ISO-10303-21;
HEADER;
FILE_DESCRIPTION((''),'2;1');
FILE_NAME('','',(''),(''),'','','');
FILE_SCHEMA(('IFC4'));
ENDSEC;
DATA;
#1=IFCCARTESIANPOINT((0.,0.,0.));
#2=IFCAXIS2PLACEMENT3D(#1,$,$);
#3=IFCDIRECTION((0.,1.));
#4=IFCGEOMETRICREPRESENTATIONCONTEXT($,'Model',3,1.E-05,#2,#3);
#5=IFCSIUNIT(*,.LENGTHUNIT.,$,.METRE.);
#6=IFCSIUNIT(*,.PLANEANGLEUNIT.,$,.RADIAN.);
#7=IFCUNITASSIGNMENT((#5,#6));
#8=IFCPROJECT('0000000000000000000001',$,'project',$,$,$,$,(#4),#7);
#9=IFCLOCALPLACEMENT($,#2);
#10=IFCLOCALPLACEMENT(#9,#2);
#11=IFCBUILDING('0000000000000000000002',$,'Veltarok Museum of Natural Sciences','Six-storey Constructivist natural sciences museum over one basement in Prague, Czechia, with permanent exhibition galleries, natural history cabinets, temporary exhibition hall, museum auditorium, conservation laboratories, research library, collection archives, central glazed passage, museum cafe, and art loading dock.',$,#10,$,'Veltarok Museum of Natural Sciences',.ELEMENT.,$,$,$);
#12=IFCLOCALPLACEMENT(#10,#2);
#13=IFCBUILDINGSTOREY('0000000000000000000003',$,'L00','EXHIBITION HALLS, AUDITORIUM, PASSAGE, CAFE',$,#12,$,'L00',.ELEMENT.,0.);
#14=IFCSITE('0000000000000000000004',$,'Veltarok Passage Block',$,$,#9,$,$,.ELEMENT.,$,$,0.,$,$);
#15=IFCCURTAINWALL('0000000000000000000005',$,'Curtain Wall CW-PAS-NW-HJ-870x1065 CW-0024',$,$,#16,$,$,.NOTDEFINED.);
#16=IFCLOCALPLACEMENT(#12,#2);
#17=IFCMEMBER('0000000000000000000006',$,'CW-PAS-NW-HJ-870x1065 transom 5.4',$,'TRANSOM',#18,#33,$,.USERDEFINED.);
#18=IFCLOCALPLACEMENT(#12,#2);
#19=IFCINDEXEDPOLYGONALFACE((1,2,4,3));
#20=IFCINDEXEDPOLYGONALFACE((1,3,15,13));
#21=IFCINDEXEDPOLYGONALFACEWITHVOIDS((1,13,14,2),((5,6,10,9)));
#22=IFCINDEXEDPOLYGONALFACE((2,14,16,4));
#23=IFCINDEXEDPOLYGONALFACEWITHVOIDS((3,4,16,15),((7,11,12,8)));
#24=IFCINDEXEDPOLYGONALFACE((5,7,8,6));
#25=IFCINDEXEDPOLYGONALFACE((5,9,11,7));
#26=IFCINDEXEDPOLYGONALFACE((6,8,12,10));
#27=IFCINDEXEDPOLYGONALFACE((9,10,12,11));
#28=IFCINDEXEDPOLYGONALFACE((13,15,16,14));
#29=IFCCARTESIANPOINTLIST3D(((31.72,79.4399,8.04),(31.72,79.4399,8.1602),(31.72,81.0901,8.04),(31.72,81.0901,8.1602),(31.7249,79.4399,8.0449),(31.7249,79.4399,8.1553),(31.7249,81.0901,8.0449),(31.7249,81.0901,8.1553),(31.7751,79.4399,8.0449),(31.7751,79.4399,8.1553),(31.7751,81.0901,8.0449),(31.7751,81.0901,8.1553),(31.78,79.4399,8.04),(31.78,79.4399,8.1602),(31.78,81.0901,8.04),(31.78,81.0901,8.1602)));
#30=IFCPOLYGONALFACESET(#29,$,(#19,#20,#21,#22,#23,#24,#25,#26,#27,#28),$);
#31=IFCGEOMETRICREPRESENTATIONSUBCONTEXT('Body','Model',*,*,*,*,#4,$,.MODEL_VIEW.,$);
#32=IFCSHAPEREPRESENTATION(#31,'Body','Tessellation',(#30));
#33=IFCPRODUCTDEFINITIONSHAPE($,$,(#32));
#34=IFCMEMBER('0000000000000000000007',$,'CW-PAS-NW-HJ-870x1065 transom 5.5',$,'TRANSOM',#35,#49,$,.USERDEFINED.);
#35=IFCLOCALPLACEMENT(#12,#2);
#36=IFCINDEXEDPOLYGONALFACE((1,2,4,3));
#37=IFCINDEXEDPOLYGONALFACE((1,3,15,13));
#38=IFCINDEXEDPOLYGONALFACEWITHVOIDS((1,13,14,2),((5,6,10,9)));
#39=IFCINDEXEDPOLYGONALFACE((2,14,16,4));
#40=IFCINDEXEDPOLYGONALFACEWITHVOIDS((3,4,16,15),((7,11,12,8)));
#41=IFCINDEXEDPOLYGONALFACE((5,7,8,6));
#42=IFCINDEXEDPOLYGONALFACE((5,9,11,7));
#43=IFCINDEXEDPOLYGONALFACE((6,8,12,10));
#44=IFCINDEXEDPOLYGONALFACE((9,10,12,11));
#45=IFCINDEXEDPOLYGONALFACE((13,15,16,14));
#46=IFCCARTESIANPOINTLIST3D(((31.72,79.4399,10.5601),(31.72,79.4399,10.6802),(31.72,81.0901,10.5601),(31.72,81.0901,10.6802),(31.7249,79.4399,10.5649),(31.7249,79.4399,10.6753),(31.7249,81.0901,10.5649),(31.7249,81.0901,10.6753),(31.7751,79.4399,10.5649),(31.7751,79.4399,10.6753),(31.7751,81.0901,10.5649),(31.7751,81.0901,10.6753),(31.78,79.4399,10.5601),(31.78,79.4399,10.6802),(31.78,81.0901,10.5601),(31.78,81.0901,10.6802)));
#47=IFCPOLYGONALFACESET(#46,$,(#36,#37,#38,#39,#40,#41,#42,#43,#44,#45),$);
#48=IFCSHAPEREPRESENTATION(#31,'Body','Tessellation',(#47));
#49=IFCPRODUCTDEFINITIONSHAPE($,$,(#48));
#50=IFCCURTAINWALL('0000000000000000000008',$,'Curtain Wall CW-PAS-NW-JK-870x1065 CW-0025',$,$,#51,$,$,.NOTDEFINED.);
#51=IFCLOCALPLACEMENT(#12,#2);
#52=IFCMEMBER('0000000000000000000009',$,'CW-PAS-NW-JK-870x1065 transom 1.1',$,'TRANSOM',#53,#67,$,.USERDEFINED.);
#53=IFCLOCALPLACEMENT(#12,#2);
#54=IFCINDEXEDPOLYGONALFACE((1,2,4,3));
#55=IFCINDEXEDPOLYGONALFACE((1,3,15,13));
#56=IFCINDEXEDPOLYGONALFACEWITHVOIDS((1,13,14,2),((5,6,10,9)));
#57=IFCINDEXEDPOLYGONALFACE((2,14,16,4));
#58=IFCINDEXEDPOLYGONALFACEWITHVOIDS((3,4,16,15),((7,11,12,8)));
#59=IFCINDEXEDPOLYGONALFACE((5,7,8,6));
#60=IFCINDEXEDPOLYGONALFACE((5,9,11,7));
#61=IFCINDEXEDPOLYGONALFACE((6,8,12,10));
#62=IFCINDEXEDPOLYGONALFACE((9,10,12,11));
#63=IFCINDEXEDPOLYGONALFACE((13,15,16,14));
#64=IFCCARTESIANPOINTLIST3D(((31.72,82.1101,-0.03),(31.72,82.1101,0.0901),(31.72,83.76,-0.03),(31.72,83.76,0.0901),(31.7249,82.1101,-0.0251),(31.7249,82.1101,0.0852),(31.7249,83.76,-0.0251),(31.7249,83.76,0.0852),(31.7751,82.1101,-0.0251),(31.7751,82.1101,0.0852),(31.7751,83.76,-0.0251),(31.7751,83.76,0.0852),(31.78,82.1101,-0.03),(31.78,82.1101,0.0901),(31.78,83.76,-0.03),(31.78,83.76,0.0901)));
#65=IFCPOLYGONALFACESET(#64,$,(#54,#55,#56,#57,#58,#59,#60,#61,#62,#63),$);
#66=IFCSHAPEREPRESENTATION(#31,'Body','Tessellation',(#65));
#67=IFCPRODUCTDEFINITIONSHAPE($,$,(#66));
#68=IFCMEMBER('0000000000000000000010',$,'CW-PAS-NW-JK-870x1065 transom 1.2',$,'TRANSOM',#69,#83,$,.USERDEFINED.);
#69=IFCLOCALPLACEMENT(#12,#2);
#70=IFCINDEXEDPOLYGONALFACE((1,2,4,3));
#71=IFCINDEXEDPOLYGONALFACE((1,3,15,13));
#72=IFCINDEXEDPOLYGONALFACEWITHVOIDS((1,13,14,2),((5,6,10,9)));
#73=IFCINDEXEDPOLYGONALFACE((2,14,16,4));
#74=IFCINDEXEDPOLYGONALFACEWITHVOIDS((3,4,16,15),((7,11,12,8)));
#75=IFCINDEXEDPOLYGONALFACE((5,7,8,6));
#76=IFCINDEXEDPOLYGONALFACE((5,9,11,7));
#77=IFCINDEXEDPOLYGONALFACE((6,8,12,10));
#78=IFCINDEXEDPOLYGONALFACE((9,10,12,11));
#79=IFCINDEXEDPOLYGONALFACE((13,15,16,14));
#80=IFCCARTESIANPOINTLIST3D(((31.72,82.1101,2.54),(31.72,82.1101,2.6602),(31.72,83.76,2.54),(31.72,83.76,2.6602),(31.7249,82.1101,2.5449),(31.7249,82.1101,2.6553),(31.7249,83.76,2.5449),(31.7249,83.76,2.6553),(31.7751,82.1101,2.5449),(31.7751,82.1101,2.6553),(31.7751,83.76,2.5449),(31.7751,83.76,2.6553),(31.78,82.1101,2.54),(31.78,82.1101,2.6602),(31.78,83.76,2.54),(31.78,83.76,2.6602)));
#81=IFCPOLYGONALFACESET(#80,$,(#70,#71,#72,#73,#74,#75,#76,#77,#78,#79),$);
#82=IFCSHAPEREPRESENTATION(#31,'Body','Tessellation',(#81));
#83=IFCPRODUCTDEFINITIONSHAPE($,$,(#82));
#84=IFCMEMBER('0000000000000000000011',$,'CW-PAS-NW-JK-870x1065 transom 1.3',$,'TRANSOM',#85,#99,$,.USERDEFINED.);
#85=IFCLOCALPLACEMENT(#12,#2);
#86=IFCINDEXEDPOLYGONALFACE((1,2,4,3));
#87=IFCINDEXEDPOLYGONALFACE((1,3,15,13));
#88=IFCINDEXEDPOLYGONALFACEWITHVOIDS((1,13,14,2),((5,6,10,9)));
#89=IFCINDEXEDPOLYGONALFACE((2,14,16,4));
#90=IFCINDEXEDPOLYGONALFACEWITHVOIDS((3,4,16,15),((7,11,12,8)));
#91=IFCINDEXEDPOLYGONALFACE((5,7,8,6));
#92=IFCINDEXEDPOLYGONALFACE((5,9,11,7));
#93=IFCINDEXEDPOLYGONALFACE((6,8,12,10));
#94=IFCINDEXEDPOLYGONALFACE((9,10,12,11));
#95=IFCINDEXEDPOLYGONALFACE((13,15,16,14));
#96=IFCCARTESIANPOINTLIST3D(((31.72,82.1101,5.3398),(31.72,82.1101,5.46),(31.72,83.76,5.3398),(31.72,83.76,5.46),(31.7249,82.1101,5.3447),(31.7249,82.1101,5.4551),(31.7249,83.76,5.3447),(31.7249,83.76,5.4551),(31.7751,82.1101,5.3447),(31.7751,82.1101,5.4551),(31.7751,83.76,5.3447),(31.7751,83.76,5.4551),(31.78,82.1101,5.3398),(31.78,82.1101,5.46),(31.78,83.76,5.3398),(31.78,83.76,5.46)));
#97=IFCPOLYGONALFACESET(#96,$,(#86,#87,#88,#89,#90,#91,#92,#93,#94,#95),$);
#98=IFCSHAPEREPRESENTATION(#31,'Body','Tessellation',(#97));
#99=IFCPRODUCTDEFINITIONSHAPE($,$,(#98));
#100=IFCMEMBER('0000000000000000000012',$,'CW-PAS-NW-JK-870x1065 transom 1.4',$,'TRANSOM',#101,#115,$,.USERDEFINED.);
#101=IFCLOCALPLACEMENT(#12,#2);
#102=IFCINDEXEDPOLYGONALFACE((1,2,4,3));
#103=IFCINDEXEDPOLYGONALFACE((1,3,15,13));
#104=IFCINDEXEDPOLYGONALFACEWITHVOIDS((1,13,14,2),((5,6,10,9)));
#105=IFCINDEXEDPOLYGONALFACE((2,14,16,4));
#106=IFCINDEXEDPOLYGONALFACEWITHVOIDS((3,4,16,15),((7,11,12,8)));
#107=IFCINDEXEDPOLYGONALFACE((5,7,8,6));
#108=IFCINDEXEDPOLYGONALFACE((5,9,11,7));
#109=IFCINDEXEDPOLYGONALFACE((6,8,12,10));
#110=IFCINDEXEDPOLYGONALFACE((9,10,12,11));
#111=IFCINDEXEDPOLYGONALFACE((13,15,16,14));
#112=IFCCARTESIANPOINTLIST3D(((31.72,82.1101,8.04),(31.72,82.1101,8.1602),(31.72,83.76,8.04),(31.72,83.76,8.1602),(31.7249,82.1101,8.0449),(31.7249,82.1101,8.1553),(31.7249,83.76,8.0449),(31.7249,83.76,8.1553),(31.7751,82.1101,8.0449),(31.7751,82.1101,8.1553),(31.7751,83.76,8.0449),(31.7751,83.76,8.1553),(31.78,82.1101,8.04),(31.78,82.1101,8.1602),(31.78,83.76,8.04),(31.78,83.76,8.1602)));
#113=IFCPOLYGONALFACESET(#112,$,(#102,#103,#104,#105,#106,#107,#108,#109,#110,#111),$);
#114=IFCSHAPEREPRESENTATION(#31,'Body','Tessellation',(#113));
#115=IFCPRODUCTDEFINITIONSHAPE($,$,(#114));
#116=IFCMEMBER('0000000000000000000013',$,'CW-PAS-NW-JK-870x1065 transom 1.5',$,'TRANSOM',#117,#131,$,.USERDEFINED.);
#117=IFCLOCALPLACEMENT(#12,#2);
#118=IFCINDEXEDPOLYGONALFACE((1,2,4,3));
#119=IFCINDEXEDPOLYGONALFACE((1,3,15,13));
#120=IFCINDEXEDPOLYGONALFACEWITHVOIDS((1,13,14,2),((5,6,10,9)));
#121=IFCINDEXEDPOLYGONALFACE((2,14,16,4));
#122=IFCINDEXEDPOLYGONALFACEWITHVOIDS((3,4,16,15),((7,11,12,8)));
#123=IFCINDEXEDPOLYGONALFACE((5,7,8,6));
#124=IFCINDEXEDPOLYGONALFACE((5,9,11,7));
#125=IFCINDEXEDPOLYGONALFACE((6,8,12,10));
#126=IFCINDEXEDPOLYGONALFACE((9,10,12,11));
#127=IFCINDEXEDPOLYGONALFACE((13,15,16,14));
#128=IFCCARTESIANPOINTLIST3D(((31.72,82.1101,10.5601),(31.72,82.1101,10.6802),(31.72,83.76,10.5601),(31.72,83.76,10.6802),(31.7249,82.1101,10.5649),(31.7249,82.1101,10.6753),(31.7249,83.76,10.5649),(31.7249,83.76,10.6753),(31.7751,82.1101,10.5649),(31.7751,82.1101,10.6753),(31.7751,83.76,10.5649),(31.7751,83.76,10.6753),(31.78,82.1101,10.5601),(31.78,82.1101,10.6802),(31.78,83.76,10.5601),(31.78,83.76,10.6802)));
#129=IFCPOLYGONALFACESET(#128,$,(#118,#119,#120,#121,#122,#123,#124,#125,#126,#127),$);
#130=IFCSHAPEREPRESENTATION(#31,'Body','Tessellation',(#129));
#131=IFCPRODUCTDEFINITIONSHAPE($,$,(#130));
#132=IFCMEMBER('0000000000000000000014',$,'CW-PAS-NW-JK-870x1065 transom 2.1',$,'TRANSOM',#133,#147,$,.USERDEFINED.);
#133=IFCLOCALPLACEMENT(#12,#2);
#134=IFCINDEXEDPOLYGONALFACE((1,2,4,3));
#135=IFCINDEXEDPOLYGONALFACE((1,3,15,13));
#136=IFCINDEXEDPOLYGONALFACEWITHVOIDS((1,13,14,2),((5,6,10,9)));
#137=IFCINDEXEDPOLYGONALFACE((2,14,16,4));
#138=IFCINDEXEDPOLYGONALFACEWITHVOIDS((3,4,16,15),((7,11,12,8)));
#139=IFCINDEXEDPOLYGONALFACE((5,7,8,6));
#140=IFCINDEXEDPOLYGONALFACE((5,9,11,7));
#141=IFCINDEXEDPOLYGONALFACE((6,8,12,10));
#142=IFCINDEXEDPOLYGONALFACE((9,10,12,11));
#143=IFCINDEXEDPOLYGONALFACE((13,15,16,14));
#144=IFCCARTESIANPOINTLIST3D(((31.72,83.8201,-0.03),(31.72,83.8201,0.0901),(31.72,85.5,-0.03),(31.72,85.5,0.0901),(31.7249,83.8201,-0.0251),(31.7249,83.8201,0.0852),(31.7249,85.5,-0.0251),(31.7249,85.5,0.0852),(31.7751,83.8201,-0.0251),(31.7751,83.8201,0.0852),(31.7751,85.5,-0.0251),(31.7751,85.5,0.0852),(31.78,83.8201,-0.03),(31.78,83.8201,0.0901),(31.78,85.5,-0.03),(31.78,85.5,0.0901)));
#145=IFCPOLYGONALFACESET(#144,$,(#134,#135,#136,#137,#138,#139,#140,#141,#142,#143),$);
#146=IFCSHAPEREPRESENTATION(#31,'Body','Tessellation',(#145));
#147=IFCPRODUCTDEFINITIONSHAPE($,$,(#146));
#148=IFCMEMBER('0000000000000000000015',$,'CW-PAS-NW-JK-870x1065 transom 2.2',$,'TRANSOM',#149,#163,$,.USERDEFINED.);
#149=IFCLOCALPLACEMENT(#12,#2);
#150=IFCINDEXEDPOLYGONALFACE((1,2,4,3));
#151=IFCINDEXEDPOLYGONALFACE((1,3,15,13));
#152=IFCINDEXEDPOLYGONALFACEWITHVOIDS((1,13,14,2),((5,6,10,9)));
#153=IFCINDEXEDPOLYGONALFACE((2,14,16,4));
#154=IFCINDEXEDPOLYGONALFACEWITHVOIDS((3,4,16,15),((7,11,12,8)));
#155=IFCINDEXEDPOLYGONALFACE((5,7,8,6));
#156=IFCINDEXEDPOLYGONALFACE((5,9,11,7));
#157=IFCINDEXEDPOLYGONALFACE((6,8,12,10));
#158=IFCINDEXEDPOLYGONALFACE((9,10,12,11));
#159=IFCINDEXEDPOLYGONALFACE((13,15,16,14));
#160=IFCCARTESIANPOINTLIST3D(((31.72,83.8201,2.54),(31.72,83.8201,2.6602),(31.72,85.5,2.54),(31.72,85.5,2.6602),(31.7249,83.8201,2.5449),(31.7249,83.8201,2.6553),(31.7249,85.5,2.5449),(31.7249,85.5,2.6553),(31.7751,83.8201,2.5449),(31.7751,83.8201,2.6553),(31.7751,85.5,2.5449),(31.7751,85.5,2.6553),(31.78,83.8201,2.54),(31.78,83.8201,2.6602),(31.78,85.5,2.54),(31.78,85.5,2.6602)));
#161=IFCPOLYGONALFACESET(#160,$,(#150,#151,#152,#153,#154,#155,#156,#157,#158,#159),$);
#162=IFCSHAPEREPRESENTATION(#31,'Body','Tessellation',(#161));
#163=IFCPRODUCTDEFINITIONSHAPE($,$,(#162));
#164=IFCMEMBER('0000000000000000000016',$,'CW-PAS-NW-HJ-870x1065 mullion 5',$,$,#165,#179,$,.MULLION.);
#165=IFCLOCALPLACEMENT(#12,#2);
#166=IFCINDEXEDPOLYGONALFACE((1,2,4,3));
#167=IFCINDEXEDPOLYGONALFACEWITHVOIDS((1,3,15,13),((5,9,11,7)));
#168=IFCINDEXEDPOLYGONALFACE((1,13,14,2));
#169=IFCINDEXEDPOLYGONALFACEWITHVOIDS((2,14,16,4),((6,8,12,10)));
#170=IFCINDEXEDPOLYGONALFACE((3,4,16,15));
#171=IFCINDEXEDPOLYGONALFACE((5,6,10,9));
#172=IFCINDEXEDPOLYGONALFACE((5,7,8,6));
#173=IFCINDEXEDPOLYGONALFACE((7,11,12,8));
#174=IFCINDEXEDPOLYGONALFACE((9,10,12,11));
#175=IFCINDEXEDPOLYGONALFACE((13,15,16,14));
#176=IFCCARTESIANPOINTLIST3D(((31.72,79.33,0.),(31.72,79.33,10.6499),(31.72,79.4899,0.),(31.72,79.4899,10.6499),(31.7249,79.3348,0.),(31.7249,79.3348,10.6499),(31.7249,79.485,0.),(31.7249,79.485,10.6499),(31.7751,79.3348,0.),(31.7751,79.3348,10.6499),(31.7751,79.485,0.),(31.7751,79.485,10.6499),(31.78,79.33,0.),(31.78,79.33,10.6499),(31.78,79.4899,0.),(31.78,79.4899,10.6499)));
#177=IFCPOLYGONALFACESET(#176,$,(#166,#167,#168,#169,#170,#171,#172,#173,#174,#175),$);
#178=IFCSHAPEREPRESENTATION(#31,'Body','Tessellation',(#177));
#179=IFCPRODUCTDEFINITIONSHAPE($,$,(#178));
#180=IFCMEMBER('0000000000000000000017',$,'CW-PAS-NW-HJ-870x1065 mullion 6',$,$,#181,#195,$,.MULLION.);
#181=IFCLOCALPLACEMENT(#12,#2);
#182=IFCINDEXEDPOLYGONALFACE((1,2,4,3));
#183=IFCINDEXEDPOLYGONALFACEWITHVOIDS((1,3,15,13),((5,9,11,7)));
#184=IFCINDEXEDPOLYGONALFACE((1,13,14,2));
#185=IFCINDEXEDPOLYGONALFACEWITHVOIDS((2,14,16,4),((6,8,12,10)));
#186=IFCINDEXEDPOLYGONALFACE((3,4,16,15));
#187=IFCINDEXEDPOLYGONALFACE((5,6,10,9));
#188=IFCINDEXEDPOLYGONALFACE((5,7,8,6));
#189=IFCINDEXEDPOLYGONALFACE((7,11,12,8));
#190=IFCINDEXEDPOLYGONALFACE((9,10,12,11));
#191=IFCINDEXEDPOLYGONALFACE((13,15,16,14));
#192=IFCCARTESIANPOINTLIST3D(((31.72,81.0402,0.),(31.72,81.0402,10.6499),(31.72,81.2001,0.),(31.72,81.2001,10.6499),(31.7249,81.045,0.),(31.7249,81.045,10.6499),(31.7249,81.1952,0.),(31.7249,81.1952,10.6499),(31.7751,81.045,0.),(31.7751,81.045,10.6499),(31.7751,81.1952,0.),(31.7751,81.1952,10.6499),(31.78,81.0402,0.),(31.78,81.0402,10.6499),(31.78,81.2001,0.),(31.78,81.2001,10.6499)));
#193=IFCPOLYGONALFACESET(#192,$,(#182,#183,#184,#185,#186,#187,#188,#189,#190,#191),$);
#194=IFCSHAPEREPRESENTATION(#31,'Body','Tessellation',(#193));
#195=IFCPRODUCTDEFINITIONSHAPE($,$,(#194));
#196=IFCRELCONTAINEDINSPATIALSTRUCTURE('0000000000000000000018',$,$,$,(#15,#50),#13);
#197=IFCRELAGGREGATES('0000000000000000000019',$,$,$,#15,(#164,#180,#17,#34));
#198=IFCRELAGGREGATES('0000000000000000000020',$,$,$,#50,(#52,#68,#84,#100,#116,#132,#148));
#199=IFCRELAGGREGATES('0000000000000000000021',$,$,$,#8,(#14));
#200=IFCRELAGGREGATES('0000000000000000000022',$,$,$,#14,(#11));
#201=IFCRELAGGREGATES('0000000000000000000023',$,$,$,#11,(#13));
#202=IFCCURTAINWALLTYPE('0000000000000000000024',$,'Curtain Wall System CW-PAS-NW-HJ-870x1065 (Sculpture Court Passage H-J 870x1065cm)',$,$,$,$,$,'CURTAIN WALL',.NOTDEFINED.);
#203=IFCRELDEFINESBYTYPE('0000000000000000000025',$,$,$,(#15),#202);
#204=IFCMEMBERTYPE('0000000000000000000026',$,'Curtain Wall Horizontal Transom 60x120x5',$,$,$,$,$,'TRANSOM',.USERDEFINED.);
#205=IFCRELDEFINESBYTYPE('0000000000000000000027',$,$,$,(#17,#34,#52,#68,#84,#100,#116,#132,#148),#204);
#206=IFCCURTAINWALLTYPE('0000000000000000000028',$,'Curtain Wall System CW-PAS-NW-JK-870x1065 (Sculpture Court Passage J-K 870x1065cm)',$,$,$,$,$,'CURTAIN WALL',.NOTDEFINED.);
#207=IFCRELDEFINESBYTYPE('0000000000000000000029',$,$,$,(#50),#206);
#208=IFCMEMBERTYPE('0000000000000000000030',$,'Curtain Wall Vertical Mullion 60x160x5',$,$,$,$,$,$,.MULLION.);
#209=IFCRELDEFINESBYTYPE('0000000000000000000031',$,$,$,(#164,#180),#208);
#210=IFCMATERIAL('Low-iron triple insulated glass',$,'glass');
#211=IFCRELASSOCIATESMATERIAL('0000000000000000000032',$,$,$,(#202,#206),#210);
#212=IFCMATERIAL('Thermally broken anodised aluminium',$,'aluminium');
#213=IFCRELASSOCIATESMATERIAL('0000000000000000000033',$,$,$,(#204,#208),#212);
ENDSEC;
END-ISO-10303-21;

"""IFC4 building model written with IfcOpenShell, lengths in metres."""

from ifc_helpers import new_model, si_unit, direction, frame, origin, origin_2d, place, context, subcontext, project, spatial, hollow_rectangle, extrude, material, material_profile, profile_set, type_object, element, aggregate, save


model = new_model("IFC4")

# Units and contexts
model_context = context("Model", 3, precision=1e-05, world=origin(), true_north=direction((0.0, 1.0)))
body_context = subcontext(model_context, "Body", "Model", "MODEL_VIEW")
ifc_project = project(units=[si_unit("LENGTHUNIT", "METRE"), si_unit("PLANEANGLEUNIT", "RADIAN")], contexts=[model_context])

# Site, building, storey
site_placement = place(None, origin())
site = spatial("IfcSite", under=ifc_project, at=site_placement, Name="Veltarok Passage Block", CompositionType="ELEMENT", RefElevation=0.0)
building_placement = place(site_placement, origin())
building = spatial("IfcBuilding", under=site, at=building_placement, Name="Veltarok Museum of Natural Sciences", Description="Six-storey Constructivist natural sciences museum over one basement in Prague, Czechia, with permanent exhibition galleries, natural history cabinets, temporary exhibition hall, museum auditorium, conservation laboratories, research library, collection archives, central glazed passage, museum cafe, and art loading dock.", LongName="Veltarok Museum of Natural Sciences", CompositionType="ELEMENT")
storey_placement = place(building_placement, origin())
storey = spatial("IfcBuildingStorey", under=building, at=storey_placement, Name="L00", Description="EXHIBITION HALLS, AUDITORIUM, PASSAGE, CAFE", LongName="L00", CompositionType="ELEMENT", Elevation=0.0)

# Curtain walls, members
ifc_material_1 = material(Name="Low-iron triple insulated glass", Category="glass")
curtain_wall_type_1 = type_object("IfcCurtainWallType", Name="Curtain Wall System CW-PAS-NW-HJ-870x1065 (Sculpture Court Passage H-J 870x1065cm)", ElementType="CURTAIN WALL", PredefinedType="NOTDEFINED", material=ifc_material_1)
curtain_wall_1_placement = place(storey_placement, origin())
curtain_wall_1 = element("IfcCurtainWall", 1, at=curtain_wall_1_placement, inside=storey, type_object=curtain_wall_type_1, Name="Curtain Wall CW-PAS-NW-HJ-870x1065 CW-0024", PredefinedType="NOTDEFINED")
ifc_material_2 = material(Name="Thermally broken anodised aluminium", Category="aluminium")
ifc_material_profile_1 = material_profile(ifc_material_2, hollow_rectangle(XDim=0.0601, YDim=0.1201, WallThickness=0.0049, at=origin_2d()), Name="CW TRANSOM 60x120x5")
ifc_profile_set_1 = profile_set([ifc_material_profile_1], Name="Thermally broken anodised aluminium")
member_type_1 = type_object("IfcMemberType", Name="Curtain Wall Horizontal Transom 60x120x5", ElementType="TRANSOM", PredefinedType="USERDEFINED", material=ifc_profile_set_1)
member_1_placement = place(storey_placement, frame((31.75, 79.4399, 8.1001), z_axis=(0.0, 1.0, 0.0), x_axis=(-1.0, 0.0, 0.0)))
member_1 = element("IfcMember", 2, at=member_1_placement, type_object=member_type_1, Name="CW-PAS-NW-HJ-870x1065 transom 5.4", ObjectType="TRANSOM", PredefinedType="USERDEFINED", context=body_context, shape_type="SweptSolid", body=[
    extrude(hollow_rectangle(XDim=0.0601, YDim=0.1201, WallThickness=0.0049, at=origin_2d()), origin(), (0.0, 0.0, 1.0), 1.6501),
])
member_2_placement = place(storey_placement, frame((31.75, 79.4399, 10.6201), z_axis=(0.0, 1.0, 0.0), x_axis=(-1.0, 0.0, 0.0)))
member_2 = element("IfcMember", 3, at=member_2_placement, type_object=member_type_1, Name="CW-PAS-NW-HJ-870x1065 transom 5.5", ObjectType="TRANSOM", PredefinedType="USERDEFINED", context=body_context, shape_type="SweptSolid", body=[
    extrude(hollow_rectangle(XDim=0.0601, YDim=0.1201, WallThickness=0.0049, at=origin_2d()), origin(), (0.0, 0.0, 1.0), 1.6501),
])
curtain_wall_type_2 = type_object("IfcCurtainWallType", Name="Curtain Wall System CW-PAS-NW-JK-870x1065 (Sculpture Court Passage J-K 870x1065cm)", ElementType="CURTAIN WALL", PredefinedType="NOTDEFINED", material=ifc_material_1)
curtain_wall_2_placement = place(storey_placement, origin())
curtain_wall_2 = element("IfcCurtainWall", 4, at=curtain_wall_2_placement, inside=storey, type_object=curtain_wall_type_2, Name="Curtain Wall CW-PAS-NW-JK-870x1065 CW-0025", PredefinedType="NOTDEFINED")
member_3_placement = place(storey_placement, frame((31.75, 82.1101, 0.03), z_axis=(0.0, 1.0, 0.0), x_axis=(-1.0, 0.0, 0.0)))
member_3 = element("IfcMember", 5, at=member_3_placement, type_object=member_type_1, Name="CW-PAS-NW-JK-870x1065 transom 1.1", ObjectType="TRANSOM", PredefinedType="USERDEFINED", context=body_context, shape_type="SweptSolid", body=[
    extrude(hollow_rectangle(XDim=0.0601, YDim=0.1201, WallThickness=0.0049, at=origin_2d()), origin(), (0.0, 0.0, 1.0), 1.6499),
])
member_4_placement = place(storey_placement, frame((31.75, 82.1101, 2.6001), z_axis=(0.0, 1.0, 0.0), x_axis=(-1.0, 0.0, 0.0)))
member_4 = element("IfcMember", 6, at=member_4_placement, type_object=member_type_1, Name="CW-PAS-NW-JK-870x1065 transom 1.2", ObjectType="TRANSOM", PredefinedType="USERDEFINED", context=body_context, shape_type="SweptSolid", body=[
    extrude(hollow_rectangle(XDim=0.0601, YDim=0.1201, WallThickness=0.0049, at=origin_2d()), origin(), (0.0, 0.0, 1.0), 1.6499),
])
member_5_placement = place(storey_placement, frame((31.75, 82.1101, 5.3999), z_axis=(0.0, 1.0, 0.0), x_axis=(-1.0, 0.0, 0.0)))
member_5 = element("IfcMember", 7, at=member_5_placement, type_object=member_type_1, Name="CW-PAS-NW-JK-870x1065 transom 1.3", ObjectType="TRANSOM", PredefinedType="USERDEFINED", context=body_context, shape_type="SweptSolid", body=[
    extrude(hollow_rectangle(XDim=0.0601, YDim=0.1201, WallThickness=0.0049, at=origin_2d()), origin(), (0.0, 0.0, 1.0), 1.6499),
])
member_6_placement = place(storey_placement, frame((31.75, 82.1101, 8.1001), z_axis=(0.0, 1.0, 0.0), x_axis=(-1.0, 0.0, 0.0)))
member_6 = element("IfcMember", 8, at=member_6_placement, type_object=member_type_1, Name="CW-PAS-NW-JK-870x1065 transom 1.4", ObjectType="TRANSOM", PredefinedType="USERDEFINED", context=body_context, shape_type="SweptSolid", body=[
    extrude(hollow_rectangle(XDim=0.0601, YDim=0.1201, WallThickness=0.0049, at=origin_2d()), origin(), (0.0, 0.0, 1.0), 1.6499),
])
member_7_placement = place(storey_placement, frame((31.75, 82.1101, 10.6201), z_axis=(0.0, 1.0, 0.0), x_axis=(-1.0, 0.0, 0.0)))
member_7 = element("IfcMember", 9, at=member_7_placement, type_object=member_type_1, Name="CW-PAS-NW-JK-870x1065 transom 1.5", ObjectType="TRANSOM", PredefinedType="USERDEFINED", context=body_context, shape_type="SweptSolid", body=[
    extrude(hollow_rectangle(XDim=0.0601, YDim=0.1201, WallThickness=0.0049, at=origin_2d()), origin(), (0.0, 0.0, 1.0), 1.6499),
])
member_8_placement = place(storey_placement, frame((31.75, 83.8201, 0.03), z_axis=(0.0, 1.0, 0.0), x_axis=(-1.0, 0.0, 0.0)))
member_8 = element("IfcMember", 10, at=member_8_placement, type_object=member_type_1, Name="CW-PAS-NW-JK-870x1065 transom 2.1", ObjectType="TRANSOM", PredefinedType="USERDEFINED", context=body_context, shape_type="SweptSolid", body=[
    extrude(hollow_rectangle(XDim=0.0601, YDim=0.1201, WallThickness=0.0049, at=origin_2d()), origin(), (0.0, 0.0, 1.0), 1.6799),
])
member_9_placement = place(storey_placement, frame((31.75, 83.8201, 2.6001), z_axis=(0.0, 1.0, 0.0), x_axis=(-1.0, 0.0, 0.0)))
member_9 = element("IfcMember", 11, at=member_9_placement, type_object=member_type_1, Name="CW-PAS-NW-JK-870x1065 transom 2.2", ObjectType="TRANSOM", PredefinedType="USERDEFINED", context=body_context, shape_type="SweptSolid", body=[
    extrude(hollow_rectangle(XDim=0.0601, YDim=0.1201, WallThickness=0.0049, at=origin_2d()), origin(), (0.0, 0.0, 1.0), 1.6799),
])

# Members
ifc_material_profile_2 = material_profile(ifc_material_2, hollow_rectangle(XDim=0.0601, YDim=0.1599, WallThickness=0.0049, at=origin_2d()), Name="CW MULLION 60x160x5")
ifc_profile_set_2 = profile_set([ifc_material_profile_2], Name="Thermally broken anodised aluminium")
member_type_2 = type_object("IfcMemberType", Name="Curtain Wall Vertical Mullion 60x160x5", PredefinedType="MULLION", material=ifc_profile_set_2)
member_10_placement = place(storey_placement, frame((31.75, 79.4099, 0.0), z_axis=(0.0, 0.0, 1.0), x_axis=(-1.0, 0.0, 0.0)))
member_10 = element("IfcMember", 12, at=member_10_placement, type_object=member_type_2, Name="CW-PAS-NW-HJ-870x1065 mullion 5", PredefinedType="MULLION", context=body_context, shape_type="SweptSolid", body=[
    extrude(hollow_rectangle(XDim=0.0601, YDim=0.1599, WallThickness=0.0049, at=origin_2d()), origin(), (0.0, 0.0, 1.0), 10.6499),
])
member_11_placement = place(storey_placement, frame((31.75, 81.1201, 0.0), z_axis=(0.0, 0.0, 1.0), x_axis=(-1.0, 0.0, 0.0)))
member_11 = element("IfcMember", 13, at=member_11_placement, type_object=member_type_2, Name="CW-PAS-NW-HJ-870x1065 mullion 6", PredefinedType="MULLION", context=body_context, shape_type="SweptSolid", body=[
    extrude(hollow_rectangle(XDim=0.0601, YDim=0.1599, WallThickness=0.0049, at=origin_2d()), origin(), (0.0, 0.0, 1.0), 10.6499),
])

aggregate(curtain_wall_1, [member_10, member_11, member_1, member_2])
aggregate(curtain_wall_2, [member_3, member_4, member_5, member_6, member_7, member_8, member_9])

save(model, "model.ifc")
